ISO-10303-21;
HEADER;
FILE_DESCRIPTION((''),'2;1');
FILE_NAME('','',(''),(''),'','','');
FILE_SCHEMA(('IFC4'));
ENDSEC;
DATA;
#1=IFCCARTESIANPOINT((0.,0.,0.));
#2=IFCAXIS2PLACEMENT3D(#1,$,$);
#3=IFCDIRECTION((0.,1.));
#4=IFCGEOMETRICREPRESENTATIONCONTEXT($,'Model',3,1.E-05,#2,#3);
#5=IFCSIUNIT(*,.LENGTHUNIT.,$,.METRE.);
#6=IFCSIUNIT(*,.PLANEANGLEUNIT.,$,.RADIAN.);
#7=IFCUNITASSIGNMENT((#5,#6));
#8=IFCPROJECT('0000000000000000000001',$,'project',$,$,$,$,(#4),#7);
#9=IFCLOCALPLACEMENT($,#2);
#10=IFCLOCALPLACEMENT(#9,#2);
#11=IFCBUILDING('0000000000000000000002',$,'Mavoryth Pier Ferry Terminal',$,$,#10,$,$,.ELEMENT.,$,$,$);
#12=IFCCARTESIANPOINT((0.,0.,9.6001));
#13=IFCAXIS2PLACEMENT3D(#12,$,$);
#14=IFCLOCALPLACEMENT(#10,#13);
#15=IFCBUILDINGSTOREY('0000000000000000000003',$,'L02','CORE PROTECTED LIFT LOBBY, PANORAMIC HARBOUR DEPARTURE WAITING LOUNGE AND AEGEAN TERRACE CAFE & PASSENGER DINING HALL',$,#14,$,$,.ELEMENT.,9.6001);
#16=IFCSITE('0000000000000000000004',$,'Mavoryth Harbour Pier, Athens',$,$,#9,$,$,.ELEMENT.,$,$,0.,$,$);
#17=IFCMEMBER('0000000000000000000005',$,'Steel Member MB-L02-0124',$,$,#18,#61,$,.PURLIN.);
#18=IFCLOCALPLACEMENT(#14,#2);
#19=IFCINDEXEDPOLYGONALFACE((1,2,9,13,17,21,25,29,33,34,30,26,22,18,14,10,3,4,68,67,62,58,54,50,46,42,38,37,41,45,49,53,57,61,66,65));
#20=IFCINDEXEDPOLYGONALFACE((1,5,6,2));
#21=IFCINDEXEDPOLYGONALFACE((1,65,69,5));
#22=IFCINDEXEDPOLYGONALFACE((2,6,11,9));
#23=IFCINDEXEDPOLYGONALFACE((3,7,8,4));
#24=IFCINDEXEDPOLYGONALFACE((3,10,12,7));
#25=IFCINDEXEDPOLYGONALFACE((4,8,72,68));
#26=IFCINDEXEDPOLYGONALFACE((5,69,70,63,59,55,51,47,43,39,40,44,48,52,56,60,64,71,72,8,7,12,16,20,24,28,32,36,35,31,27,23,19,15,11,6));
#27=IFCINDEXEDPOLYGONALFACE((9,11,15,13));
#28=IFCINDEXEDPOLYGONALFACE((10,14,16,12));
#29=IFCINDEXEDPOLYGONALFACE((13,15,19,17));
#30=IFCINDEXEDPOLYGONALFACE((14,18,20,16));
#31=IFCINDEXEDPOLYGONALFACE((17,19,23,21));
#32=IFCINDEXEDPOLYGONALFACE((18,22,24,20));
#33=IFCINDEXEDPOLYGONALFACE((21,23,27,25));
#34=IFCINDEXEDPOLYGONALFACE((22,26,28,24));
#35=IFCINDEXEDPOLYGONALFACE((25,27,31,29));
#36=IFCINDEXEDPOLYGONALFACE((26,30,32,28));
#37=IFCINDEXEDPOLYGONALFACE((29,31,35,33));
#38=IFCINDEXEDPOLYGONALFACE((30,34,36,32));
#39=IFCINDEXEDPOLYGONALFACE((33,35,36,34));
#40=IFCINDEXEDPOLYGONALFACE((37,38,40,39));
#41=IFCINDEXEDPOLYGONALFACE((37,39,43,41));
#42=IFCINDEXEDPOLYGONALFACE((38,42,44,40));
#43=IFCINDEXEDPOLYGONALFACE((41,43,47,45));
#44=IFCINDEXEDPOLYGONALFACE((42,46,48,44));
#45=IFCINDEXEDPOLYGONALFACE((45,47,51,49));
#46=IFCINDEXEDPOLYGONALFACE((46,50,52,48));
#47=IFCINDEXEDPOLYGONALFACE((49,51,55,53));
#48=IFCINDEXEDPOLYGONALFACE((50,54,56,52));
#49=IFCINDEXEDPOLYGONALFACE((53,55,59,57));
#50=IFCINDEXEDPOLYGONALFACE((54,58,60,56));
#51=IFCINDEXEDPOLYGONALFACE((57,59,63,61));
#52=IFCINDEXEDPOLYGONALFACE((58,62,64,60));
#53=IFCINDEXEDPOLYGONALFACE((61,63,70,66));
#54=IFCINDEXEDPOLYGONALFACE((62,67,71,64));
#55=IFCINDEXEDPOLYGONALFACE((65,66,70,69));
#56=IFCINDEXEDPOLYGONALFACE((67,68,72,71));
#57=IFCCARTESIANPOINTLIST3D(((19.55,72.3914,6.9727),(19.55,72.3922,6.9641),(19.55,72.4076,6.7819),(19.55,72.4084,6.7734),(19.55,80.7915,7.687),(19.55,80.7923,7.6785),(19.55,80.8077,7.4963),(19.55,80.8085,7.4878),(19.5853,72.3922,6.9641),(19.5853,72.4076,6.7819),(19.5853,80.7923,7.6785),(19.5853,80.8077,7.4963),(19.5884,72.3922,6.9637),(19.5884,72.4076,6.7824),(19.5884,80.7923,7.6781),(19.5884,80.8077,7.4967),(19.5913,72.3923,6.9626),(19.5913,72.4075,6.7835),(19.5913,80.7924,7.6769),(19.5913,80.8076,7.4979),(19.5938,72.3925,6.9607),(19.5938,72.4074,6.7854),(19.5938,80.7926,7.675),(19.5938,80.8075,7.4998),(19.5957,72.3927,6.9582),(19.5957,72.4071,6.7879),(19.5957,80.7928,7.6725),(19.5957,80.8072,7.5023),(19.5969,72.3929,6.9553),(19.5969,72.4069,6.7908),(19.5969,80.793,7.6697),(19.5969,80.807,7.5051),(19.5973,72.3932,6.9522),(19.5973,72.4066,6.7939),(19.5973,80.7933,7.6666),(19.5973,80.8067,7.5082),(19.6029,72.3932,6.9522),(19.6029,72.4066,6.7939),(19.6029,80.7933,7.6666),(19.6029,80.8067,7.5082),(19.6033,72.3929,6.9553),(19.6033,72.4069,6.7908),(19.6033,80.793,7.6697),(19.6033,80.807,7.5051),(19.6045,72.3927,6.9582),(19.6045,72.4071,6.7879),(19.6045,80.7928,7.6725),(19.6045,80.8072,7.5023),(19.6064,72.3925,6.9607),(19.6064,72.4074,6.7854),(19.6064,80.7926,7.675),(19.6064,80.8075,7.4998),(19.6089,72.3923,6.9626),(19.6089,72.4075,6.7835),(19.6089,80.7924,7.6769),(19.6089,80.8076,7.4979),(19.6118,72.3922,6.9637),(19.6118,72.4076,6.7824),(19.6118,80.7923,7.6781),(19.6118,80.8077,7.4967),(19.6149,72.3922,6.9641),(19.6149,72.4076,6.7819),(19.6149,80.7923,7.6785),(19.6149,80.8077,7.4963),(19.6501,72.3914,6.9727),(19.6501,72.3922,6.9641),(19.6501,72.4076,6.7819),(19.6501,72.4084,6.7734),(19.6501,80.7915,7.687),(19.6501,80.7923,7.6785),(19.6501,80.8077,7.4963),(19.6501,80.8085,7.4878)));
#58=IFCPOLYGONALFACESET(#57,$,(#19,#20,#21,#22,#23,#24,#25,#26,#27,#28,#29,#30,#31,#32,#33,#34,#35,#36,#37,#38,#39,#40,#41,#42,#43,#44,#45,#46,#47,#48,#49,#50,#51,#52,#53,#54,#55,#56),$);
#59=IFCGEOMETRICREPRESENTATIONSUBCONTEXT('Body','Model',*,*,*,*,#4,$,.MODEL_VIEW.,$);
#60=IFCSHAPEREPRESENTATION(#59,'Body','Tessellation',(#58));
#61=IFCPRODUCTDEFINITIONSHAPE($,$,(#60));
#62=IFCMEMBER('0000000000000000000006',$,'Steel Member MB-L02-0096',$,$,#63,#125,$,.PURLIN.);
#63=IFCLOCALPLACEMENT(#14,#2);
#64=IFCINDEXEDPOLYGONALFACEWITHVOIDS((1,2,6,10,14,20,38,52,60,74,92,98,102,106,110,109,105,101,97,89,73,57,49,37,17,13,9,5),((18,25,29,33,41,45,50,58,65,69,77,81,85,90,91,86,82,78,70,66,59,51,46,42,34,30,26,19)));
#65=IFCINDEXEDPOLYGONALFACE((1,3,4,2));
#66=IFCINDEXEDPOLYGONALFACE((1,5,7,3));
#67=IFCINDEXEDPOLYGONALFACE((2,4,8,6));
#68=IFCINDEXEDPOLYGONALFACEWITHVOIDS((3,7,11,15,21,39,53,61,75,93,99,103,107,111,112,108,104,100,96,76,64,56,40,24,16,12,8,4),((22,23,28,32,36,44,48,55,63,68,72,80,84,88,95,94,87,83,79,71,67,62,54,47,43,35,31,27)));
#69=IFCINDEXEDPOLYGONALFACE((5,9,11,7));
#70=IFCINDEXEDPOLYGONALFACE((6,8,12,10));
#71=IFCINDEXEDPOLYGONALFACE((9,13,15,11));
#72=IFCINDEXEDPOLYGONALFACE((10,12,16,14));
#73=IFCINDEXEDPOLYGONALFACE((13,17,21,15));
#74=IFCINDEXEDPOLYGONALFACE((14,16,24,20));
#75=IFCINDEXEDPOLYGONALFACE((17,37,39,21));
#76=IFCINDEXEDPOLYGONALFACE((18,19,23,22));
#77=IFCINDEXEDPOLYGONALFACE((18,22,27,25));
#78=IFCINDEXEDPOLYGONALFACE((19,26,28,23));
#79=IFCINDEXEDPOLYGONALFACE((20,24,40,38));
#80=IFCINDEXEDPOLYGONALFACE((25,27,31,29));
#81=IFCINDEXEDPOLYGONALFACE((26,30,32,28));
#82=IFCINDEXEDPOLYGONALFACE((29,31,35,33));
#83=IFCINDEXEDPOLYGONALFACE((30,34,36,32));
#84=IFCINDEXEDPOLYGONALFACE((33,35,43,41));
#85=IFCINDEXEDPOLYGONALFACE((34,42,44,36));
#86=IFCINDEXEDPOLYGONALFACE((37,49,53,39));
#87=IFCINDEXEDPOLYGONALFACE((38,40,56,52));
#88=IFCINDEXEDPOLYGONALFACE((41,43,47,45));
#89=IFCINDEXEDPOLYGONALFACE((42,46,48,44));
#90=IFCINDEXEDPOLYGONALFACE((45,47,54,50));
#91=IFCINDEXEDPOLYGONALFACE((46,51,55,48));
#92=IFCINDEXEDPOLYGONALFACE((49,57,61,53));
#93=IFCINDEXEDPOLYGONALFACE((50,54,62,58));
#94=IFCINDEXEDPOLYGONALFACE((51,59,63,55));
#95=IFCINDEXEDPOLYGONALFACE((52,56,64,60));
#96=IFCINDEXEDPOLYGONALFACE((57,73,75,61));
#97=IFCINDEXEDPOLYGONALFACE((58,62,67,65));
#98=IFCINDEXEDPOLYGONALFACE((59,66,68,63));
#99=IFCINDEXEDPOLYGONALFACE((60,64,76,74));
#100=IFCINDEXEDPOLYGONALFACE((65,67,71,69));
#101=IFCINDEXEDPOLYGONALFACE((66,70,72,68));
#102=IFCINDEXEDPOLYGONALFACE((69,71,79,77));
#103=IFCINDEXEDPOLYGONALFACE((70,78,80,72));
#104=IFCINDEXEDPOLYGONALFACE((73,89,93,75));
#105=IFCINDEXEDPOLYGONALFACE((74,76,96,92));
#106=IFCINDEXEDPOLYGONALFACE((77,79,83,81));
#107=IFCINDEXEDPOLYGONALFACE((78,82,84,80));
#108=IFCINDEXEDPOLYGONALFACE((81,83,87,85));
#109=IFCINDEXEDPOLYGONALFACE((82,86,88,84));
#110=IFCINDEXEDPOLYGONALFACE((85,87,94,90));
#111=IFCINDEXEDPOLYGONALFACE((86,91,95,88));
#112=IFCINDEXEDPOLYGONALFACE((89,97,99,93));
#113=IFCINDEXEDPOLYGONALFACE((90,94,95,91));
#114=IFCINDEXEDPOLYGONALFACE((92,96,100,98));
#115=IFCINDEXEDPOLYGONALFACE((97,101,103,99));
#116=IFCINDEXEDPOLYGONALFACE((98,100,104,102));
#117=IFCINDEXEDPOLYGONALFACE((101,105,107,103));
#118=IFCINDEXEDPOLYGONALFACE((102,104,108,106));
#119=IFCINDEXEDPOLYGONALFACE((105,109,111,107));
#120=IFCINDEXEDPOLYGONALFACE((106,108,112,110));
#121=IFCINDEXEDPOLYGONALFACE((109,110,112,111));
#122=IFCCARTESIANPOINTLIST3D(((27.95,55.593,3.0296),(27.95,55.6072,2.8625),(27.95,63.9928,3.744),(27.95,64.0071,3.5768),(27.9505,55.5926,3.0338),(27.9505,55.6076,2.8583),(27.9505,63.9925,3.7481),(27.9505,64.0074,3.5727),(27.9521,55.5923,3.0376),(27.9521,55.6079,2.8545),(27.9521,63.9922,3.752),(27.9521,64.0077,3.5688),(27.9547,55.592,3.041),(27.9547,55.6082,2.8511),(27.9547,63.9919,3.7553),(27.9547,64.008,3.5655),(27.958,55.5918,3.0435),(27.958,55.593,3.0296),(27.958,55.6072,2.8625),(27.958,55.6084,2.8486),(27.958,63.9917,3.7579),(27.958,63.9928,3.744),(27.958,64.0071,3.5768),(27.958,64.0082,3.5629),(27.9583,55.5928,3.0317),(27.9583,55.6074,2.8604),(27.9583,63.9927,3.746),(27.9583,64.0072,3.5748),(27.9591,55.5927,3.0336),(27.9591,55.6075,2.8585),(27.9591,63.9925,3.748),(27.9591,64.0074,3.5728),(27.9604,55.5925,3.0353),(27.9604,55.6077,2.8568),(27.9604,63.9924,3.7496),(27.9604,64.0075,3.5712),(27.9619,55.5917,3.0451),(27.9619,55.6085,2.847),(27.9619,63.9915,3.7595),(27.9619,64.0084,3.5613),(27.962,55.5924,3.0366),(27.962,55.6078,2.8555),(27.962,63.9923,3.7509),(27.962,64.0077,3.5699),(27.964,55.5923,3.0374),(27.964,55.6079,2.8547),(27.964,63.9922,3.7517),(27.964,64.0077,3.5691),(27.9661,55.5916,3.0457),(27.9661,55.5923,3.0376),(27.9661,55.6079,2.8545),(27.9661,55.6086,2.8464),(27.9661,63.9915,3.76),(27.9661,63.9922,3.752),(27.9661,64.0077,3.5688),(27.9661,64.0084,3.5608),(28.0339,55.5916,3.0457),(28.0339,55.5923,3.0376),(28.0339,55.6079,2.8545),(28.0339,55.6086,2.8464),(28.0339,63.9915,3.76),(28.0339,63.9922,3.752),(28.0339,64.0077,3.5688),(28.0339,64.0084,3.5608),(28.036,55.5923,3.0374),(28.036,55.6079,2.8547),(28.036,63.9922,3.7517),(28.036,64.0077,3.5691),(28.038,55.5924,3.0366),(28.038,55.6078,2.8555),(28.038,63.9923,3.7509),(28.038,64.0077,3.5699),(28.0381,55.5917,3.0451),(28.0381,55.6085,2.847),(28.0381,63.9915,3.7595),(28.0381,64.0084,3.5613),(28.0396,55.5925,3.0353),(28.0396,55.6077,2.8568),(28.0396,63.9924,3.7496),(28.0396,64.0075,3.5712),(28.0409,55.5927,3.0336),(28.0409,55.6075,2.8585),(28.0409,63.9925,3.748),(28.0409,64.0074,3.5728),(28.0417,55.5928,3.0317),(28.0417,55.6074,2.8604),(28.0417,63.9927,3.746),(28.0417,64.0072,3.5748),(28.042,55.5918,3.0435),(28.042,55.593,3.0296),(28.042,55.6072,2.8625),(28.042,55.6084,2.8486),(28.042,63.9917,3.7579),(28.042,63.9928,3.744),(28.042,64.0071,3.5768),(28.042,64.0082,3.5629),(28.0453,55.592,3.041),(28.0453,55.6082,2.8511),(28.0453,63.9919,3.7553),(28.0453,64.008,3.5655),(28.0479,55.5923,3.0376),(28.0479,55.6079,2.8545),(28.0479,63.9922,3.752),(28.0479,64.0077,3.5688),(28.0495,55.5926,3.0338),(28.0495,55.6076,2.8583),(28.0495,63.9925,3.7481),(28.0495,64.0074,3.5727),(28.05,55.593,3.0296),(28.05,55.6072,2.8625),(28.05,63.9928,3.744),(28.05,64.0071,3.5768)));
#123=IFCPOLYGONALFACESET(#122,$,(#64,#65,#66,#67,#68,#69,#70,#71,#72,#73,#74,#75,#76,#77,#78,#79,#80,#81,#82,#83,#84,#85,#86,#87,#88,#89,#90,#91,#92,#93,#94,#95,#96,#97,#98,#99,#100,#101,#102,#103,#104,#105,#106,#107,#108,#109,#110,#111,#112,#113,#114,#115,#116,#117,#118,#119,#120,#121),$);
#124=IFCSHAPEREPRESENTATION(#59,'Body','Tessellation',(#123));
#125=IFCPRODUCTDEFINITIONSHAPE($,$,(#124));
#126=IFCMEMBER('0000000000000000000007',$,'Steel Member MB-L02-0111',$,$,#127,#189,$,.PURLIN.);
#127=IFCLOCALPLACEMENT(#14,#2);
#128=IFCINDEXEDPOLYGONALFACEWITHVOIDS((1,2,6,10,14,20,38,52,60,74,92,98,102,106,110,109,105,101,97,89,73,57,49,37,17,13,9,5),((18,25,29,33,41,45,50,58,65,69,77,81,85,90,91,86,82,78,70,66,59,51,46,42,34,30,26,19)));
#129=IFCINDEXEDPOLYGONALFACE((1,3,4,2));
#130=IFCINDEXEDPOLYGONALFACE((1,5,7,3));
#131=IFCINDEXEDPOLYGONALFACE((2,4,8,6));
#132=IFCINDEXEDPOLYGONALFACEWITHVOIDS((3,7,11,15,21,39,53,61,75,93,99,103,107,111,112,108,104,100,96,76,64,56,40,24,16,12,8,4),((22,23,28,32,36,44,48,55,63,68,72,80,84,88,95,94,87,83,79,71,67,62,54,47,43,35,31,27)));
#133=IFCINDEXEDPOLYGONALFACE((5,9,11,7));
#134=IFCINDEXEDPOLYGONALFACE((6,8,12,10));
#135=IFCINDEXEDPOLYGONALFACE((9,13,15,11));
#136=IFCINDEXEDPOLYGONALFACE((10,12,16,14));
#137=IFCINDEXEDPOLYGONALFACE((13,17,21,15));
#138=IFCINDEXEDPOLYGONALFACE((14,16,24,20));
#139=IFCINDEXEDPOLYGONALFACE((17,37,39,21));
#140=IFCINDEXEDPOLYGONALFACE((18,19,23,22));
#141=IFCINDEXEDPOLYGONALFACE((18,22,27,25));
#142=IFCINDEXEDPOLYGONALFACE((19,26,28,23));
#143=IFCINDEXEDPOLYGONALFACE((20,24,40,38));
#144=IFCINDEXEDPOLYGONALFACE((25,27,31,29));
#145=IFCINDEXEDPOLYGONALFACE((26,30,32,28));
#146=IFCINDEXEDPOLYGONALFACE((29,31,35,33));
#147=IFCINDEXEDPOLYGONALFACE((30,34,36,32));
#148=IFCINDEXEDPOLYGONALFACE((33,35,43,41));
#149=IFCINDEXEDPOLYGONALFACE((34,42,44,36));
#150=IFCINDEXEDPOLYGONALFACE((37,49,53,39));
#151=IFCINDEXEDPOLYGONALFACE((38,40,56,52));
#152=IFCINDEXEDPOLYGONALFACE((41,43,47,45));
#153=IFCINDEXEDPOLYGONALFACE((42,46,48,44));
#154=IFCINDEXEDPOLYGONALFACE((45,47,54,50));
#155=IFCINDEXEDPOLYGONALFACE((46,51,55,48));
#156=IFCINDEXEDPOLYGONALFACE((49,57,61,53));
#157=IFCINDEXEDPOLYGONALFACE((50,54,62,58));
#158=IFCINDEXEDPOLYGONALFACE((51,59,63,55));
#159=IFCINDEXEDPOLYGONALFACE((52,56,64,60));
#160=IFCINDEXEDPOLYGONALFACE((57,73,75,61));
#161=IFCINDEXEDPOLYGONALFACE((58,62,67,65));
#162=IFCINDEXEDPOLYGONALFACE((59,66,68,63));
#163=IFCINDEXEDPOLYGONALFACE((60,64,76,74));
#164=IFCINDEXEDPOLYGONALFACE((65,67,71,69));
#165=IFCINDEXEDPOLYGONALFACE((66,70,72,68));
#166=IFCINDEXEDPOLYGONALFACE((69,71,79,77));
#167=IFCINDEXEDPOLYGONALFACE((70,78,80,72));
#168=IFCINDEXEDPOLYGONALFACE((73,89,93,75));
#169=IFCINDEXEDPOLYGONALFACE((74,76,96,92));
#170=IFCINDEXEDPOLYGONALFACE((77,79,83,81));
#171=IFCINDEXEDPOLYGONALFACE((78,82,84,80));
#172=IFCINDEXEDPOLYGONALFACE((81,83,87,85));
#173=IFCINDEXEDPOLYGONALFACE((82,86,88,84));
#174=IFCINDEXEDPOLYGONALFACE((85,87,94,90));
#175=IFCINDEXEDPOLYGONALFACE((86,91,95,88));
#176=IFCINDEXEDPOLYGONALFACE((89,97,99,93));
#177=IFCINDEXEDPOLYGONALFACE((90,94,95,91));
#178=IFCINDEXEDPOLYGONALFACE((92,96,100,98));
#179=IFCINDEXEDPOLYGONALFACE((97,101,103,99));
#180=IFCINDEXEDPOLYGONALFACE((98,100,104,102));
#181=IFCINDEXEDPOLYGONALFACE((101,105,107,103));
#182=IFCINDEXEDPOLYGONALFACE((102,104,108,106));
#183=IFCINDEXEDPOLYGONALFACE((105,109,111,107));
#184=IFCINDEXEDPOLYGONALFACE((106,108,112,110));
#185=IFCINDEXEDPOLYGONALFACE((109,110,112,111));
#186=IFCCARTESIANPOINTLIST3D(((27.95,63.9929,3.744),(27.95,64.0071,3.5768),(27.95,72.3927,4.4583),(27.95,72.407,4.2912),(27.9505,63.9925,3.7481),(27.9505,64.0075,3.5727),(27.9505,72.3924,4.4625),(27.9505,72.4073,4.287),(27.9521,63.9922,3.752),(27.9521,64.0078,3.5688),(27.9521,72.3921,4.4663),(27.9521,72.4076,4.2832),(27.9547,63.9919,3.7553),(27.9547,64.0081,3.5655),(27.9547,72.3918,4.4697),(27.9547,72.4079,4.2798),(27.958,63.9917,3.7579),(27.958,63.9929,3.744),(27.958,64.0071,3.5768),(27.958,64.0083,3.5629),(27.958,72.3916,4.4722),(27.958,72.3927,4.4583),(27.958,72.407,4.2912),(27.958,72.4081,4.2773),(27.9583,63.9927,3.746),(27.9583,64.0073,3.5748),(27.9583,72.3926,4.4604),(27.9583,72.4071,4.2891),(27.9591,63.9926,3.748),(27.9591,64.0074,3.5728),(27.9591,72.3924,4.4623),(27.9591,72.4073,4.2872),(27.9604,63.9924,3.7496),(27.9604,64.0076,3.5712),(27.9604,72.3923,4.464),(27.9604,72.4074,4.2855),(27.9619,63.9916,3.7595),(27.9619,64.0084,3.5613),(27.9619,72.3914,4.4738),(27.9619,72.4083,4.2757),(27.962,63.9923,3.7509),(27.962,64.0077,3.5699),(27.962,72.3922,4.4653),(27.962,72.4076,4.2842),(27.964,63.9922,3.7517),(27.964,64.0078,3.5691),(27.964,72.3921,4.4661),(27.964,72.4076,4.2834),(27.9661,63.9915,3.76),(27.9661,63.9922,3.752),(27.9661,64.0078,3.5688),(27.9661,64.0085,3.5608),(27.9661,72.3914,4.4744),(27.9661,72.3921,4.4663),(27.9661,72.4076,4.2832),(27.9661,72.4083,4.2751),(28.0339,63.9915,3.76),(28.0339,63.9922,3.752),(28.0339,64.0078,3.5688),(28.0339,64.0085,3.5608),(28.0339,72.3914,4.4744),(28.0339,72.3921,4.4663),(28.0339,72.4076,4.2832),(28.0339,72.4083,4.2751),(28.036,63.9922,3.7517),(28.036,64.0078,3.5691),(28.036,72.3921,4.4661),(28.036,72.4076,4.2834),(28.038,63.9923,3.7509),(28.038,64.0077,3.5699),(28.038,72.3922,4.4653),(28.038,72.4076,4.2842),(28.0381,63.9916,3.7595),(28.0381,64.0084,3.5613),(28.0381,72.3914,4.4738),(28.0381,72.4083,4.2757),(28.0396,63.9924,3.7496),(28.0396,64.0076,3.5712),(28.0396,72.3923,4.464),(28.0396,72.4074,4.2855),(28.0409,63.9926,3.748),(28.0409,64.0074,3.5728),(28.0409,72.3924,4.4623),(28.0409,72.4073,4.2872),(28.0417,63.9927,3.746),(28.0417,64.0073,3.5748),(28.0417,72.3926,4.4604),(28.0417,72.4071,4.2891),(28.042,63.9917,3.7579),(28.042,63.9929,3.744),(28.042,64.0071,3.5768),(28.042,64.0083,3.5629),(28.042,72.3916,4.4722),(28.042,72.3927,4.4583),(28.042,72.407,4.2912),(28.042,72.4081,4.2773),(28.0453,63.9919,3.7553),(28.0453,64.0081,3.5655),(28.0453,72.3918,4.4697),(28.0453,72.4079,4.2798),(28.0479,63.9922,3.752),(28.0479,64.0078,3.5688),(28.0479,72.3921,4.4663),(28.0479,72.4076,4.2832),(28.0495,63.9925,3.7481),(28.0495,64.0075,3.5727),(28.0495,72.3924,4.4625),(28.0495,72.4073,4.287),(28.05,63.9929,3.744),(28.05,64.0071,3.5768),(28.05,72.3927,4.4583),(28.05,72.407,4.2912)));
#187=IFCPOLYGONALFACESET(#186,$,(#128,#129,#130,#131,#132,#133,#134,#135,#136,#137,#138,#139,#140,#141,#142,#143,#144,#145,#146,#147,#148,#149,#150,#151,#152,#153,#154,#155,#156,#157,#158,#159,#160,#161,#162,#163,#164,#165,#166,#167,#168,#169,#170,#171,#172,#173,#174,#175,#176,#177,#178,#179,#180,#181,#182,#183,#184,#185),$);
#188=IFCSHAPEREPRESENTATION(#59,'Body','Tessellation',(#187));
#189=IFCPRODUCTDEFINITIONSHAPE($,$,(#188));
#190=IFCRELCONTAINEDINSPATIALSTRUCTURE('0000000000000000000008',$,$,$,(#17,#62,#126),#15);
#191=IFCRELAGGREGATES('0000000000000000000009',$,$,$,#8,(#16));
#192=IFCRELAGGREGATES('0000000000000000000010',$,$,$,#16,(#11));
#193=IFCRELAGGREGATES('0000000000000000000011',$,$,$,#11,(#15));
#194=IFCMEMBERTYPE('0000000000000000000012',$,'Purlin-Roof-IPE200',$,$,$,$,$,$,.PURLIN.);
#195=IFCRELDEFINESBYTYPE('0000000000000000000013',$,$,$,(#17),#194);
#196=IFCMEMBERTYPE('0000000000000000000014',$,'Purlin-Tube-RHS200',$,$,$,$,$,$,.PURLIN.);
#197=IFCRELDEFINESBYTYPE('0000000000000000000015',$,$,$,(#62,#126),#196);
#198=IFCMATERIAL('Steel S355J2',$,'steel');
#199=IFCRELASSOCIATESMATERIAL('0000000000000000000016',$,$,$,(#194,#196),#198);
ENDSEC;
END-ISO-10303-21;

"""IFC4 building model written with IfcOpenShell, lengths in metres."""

from ifc_helpers import new_model, si_unit, direction, frame, origin, origin_2d, place, context, subcontext, project, spatial, hollow_rectangle, i_section, extrude, material, material_profile, profile_set, type_object, element, save


model = new_model("IFC4")

# Units and contexts
model_context = context("Model", 3, precision=1e-05, world=origin(), true_north=direction((0.0, 1.0)))
body_context = subcontext(model_context, "Body", "Model", "MODEL_VIEW")
ifc_project = project(units=[si_unit("LENGTHUNIT", "METRE"), si_unit("PLANEANGLEUNIT", "RADIAN")], contexts=[model_context])

# Site, building, storey
site_placement = place(None, origin())
site = spatial("IfcSite", under=ifc_project, at=site_placement, Name="Mavoryth Harbour Pier, Athens", CompositionType="ELEMENT", RefElevation=0.0)
building_placement = place(site_placement, origin())
building = spatial("IfcBuilding", under=site, at=building_placement, Name="Mavoryth Pier Ferry Terminal", CompositionType="ELEMENT")
storey_placement = place(building_placement, frame((0.0, 0.0, 9.6001)))
storey = spatial("IfcBuildingStorey", under=building, at=storey_placement, Name="L02", Description="CORE PROTECTED LIFT LOBBY, PANORAMIC HARBOUR DEPARTURE WAITING LOUNGE AND AEGEAN TERRACE CAFE & PASSENGER DINING HALL", CompositionType="ELEMENT", Elevation=9.6001)

# Shared definitions
ifc_material_1 = material(Name="Steel S355J2", Category="steel")

# Members
ifc_material_profile_1 = material_profile(ifc_material_1, i_section(OverallWidth=0.1001, OverallDepth=0.2, WebThickness=0.0056, FlangeThickness=0.0085, FilletRadius=0.012, at=origin_2d()), Name="IPE 200", Category="steel")
ifc_profile_set_1 = profile_set([ifc_material_profile_1], Name="Steel S355J2 - IPE 200")
member_type_1 = type_object("IfcMemberType", Name="Purlin-Roof-IPE200", PredefinedType="PURLIN", material=ifc_profile_set_1)
member_1_placement = place(storey_placement, frame((19.6001, 72.3999, 6.873), z_axis=(0.0, 0.996404, 0.084735), x_axis=(-1.0, 0.0, 0.0)))
element("IfcMember", 1, at=member_1_placement, inside=storey, type_object=member_type_1, Name="Steel Member MB-L02-0124", PredefinedType="PURLIN", context=body_context, shape_type="SweptSolid", body=[
    extrude(i_section(OverallWidth=0.1001, OverallDepth=0.2, WebThickness=0.0056, FlangeThickness=0.0085, FilletRadius=0.012, at=origin_2d()), origin(), (0.0, 0.0, 1.0), 8.4304),
])
ifc_material_profile_2 = material_profile(ifc_material_1, hollow_rectangle(XDim=0.1001, YDim=0.2, WallThickness=0.0081, InnerFilletRadius=0.0081, OuterFilletRadius=0.0161, at=origin_2d()), Name="RHS 200x100x8.0", Category="steel")
ifc_profile_set_2 = profile_set([ifc_material_profile_2], Name="Steel S355J2 - RHS 200x100x8.0")
member_type_2 = type_object("IfcMemberType", Name="Purlin-Tube-RHS200", PredefinedType="PURLIN", material=ifc_profile_set_2)
for number, where, z_axis, x_axis, name in (
    (2, (28.0, 55.6001, 2.946), (0.0, 0.996403, 0.084737), (-1.0, 0.0, 0.0), "Steel Member MB-L02-0096"),
    (3, (28.0, 64.0, 3.6604), (0.0, 0.996403, 0.084737), (-1.0, 0.0, 0.0), "Steel Member MB-L02-0111"),
):
    element("IfcMember", number, at=place(storey_placement, frame(where, z_axis=z_axis, x_axis=x_axis)), inside=storey, type_object=member_type_2, Name=name, PredefinedType="PURLIN", context=body_context, shape_type="SweptSolid", body=[
        extrude(hollow_rectangle(XDim=0.1001, YDim=0.2, WallThickness=0.0081, InnerFilletRadius=0.0081, OuterFilletRadius=0.0161, at=origin_2d()), origin(), (0.0, 0.0, 1.0), 8.4302),
    ])

save(model, "model.ifc")
